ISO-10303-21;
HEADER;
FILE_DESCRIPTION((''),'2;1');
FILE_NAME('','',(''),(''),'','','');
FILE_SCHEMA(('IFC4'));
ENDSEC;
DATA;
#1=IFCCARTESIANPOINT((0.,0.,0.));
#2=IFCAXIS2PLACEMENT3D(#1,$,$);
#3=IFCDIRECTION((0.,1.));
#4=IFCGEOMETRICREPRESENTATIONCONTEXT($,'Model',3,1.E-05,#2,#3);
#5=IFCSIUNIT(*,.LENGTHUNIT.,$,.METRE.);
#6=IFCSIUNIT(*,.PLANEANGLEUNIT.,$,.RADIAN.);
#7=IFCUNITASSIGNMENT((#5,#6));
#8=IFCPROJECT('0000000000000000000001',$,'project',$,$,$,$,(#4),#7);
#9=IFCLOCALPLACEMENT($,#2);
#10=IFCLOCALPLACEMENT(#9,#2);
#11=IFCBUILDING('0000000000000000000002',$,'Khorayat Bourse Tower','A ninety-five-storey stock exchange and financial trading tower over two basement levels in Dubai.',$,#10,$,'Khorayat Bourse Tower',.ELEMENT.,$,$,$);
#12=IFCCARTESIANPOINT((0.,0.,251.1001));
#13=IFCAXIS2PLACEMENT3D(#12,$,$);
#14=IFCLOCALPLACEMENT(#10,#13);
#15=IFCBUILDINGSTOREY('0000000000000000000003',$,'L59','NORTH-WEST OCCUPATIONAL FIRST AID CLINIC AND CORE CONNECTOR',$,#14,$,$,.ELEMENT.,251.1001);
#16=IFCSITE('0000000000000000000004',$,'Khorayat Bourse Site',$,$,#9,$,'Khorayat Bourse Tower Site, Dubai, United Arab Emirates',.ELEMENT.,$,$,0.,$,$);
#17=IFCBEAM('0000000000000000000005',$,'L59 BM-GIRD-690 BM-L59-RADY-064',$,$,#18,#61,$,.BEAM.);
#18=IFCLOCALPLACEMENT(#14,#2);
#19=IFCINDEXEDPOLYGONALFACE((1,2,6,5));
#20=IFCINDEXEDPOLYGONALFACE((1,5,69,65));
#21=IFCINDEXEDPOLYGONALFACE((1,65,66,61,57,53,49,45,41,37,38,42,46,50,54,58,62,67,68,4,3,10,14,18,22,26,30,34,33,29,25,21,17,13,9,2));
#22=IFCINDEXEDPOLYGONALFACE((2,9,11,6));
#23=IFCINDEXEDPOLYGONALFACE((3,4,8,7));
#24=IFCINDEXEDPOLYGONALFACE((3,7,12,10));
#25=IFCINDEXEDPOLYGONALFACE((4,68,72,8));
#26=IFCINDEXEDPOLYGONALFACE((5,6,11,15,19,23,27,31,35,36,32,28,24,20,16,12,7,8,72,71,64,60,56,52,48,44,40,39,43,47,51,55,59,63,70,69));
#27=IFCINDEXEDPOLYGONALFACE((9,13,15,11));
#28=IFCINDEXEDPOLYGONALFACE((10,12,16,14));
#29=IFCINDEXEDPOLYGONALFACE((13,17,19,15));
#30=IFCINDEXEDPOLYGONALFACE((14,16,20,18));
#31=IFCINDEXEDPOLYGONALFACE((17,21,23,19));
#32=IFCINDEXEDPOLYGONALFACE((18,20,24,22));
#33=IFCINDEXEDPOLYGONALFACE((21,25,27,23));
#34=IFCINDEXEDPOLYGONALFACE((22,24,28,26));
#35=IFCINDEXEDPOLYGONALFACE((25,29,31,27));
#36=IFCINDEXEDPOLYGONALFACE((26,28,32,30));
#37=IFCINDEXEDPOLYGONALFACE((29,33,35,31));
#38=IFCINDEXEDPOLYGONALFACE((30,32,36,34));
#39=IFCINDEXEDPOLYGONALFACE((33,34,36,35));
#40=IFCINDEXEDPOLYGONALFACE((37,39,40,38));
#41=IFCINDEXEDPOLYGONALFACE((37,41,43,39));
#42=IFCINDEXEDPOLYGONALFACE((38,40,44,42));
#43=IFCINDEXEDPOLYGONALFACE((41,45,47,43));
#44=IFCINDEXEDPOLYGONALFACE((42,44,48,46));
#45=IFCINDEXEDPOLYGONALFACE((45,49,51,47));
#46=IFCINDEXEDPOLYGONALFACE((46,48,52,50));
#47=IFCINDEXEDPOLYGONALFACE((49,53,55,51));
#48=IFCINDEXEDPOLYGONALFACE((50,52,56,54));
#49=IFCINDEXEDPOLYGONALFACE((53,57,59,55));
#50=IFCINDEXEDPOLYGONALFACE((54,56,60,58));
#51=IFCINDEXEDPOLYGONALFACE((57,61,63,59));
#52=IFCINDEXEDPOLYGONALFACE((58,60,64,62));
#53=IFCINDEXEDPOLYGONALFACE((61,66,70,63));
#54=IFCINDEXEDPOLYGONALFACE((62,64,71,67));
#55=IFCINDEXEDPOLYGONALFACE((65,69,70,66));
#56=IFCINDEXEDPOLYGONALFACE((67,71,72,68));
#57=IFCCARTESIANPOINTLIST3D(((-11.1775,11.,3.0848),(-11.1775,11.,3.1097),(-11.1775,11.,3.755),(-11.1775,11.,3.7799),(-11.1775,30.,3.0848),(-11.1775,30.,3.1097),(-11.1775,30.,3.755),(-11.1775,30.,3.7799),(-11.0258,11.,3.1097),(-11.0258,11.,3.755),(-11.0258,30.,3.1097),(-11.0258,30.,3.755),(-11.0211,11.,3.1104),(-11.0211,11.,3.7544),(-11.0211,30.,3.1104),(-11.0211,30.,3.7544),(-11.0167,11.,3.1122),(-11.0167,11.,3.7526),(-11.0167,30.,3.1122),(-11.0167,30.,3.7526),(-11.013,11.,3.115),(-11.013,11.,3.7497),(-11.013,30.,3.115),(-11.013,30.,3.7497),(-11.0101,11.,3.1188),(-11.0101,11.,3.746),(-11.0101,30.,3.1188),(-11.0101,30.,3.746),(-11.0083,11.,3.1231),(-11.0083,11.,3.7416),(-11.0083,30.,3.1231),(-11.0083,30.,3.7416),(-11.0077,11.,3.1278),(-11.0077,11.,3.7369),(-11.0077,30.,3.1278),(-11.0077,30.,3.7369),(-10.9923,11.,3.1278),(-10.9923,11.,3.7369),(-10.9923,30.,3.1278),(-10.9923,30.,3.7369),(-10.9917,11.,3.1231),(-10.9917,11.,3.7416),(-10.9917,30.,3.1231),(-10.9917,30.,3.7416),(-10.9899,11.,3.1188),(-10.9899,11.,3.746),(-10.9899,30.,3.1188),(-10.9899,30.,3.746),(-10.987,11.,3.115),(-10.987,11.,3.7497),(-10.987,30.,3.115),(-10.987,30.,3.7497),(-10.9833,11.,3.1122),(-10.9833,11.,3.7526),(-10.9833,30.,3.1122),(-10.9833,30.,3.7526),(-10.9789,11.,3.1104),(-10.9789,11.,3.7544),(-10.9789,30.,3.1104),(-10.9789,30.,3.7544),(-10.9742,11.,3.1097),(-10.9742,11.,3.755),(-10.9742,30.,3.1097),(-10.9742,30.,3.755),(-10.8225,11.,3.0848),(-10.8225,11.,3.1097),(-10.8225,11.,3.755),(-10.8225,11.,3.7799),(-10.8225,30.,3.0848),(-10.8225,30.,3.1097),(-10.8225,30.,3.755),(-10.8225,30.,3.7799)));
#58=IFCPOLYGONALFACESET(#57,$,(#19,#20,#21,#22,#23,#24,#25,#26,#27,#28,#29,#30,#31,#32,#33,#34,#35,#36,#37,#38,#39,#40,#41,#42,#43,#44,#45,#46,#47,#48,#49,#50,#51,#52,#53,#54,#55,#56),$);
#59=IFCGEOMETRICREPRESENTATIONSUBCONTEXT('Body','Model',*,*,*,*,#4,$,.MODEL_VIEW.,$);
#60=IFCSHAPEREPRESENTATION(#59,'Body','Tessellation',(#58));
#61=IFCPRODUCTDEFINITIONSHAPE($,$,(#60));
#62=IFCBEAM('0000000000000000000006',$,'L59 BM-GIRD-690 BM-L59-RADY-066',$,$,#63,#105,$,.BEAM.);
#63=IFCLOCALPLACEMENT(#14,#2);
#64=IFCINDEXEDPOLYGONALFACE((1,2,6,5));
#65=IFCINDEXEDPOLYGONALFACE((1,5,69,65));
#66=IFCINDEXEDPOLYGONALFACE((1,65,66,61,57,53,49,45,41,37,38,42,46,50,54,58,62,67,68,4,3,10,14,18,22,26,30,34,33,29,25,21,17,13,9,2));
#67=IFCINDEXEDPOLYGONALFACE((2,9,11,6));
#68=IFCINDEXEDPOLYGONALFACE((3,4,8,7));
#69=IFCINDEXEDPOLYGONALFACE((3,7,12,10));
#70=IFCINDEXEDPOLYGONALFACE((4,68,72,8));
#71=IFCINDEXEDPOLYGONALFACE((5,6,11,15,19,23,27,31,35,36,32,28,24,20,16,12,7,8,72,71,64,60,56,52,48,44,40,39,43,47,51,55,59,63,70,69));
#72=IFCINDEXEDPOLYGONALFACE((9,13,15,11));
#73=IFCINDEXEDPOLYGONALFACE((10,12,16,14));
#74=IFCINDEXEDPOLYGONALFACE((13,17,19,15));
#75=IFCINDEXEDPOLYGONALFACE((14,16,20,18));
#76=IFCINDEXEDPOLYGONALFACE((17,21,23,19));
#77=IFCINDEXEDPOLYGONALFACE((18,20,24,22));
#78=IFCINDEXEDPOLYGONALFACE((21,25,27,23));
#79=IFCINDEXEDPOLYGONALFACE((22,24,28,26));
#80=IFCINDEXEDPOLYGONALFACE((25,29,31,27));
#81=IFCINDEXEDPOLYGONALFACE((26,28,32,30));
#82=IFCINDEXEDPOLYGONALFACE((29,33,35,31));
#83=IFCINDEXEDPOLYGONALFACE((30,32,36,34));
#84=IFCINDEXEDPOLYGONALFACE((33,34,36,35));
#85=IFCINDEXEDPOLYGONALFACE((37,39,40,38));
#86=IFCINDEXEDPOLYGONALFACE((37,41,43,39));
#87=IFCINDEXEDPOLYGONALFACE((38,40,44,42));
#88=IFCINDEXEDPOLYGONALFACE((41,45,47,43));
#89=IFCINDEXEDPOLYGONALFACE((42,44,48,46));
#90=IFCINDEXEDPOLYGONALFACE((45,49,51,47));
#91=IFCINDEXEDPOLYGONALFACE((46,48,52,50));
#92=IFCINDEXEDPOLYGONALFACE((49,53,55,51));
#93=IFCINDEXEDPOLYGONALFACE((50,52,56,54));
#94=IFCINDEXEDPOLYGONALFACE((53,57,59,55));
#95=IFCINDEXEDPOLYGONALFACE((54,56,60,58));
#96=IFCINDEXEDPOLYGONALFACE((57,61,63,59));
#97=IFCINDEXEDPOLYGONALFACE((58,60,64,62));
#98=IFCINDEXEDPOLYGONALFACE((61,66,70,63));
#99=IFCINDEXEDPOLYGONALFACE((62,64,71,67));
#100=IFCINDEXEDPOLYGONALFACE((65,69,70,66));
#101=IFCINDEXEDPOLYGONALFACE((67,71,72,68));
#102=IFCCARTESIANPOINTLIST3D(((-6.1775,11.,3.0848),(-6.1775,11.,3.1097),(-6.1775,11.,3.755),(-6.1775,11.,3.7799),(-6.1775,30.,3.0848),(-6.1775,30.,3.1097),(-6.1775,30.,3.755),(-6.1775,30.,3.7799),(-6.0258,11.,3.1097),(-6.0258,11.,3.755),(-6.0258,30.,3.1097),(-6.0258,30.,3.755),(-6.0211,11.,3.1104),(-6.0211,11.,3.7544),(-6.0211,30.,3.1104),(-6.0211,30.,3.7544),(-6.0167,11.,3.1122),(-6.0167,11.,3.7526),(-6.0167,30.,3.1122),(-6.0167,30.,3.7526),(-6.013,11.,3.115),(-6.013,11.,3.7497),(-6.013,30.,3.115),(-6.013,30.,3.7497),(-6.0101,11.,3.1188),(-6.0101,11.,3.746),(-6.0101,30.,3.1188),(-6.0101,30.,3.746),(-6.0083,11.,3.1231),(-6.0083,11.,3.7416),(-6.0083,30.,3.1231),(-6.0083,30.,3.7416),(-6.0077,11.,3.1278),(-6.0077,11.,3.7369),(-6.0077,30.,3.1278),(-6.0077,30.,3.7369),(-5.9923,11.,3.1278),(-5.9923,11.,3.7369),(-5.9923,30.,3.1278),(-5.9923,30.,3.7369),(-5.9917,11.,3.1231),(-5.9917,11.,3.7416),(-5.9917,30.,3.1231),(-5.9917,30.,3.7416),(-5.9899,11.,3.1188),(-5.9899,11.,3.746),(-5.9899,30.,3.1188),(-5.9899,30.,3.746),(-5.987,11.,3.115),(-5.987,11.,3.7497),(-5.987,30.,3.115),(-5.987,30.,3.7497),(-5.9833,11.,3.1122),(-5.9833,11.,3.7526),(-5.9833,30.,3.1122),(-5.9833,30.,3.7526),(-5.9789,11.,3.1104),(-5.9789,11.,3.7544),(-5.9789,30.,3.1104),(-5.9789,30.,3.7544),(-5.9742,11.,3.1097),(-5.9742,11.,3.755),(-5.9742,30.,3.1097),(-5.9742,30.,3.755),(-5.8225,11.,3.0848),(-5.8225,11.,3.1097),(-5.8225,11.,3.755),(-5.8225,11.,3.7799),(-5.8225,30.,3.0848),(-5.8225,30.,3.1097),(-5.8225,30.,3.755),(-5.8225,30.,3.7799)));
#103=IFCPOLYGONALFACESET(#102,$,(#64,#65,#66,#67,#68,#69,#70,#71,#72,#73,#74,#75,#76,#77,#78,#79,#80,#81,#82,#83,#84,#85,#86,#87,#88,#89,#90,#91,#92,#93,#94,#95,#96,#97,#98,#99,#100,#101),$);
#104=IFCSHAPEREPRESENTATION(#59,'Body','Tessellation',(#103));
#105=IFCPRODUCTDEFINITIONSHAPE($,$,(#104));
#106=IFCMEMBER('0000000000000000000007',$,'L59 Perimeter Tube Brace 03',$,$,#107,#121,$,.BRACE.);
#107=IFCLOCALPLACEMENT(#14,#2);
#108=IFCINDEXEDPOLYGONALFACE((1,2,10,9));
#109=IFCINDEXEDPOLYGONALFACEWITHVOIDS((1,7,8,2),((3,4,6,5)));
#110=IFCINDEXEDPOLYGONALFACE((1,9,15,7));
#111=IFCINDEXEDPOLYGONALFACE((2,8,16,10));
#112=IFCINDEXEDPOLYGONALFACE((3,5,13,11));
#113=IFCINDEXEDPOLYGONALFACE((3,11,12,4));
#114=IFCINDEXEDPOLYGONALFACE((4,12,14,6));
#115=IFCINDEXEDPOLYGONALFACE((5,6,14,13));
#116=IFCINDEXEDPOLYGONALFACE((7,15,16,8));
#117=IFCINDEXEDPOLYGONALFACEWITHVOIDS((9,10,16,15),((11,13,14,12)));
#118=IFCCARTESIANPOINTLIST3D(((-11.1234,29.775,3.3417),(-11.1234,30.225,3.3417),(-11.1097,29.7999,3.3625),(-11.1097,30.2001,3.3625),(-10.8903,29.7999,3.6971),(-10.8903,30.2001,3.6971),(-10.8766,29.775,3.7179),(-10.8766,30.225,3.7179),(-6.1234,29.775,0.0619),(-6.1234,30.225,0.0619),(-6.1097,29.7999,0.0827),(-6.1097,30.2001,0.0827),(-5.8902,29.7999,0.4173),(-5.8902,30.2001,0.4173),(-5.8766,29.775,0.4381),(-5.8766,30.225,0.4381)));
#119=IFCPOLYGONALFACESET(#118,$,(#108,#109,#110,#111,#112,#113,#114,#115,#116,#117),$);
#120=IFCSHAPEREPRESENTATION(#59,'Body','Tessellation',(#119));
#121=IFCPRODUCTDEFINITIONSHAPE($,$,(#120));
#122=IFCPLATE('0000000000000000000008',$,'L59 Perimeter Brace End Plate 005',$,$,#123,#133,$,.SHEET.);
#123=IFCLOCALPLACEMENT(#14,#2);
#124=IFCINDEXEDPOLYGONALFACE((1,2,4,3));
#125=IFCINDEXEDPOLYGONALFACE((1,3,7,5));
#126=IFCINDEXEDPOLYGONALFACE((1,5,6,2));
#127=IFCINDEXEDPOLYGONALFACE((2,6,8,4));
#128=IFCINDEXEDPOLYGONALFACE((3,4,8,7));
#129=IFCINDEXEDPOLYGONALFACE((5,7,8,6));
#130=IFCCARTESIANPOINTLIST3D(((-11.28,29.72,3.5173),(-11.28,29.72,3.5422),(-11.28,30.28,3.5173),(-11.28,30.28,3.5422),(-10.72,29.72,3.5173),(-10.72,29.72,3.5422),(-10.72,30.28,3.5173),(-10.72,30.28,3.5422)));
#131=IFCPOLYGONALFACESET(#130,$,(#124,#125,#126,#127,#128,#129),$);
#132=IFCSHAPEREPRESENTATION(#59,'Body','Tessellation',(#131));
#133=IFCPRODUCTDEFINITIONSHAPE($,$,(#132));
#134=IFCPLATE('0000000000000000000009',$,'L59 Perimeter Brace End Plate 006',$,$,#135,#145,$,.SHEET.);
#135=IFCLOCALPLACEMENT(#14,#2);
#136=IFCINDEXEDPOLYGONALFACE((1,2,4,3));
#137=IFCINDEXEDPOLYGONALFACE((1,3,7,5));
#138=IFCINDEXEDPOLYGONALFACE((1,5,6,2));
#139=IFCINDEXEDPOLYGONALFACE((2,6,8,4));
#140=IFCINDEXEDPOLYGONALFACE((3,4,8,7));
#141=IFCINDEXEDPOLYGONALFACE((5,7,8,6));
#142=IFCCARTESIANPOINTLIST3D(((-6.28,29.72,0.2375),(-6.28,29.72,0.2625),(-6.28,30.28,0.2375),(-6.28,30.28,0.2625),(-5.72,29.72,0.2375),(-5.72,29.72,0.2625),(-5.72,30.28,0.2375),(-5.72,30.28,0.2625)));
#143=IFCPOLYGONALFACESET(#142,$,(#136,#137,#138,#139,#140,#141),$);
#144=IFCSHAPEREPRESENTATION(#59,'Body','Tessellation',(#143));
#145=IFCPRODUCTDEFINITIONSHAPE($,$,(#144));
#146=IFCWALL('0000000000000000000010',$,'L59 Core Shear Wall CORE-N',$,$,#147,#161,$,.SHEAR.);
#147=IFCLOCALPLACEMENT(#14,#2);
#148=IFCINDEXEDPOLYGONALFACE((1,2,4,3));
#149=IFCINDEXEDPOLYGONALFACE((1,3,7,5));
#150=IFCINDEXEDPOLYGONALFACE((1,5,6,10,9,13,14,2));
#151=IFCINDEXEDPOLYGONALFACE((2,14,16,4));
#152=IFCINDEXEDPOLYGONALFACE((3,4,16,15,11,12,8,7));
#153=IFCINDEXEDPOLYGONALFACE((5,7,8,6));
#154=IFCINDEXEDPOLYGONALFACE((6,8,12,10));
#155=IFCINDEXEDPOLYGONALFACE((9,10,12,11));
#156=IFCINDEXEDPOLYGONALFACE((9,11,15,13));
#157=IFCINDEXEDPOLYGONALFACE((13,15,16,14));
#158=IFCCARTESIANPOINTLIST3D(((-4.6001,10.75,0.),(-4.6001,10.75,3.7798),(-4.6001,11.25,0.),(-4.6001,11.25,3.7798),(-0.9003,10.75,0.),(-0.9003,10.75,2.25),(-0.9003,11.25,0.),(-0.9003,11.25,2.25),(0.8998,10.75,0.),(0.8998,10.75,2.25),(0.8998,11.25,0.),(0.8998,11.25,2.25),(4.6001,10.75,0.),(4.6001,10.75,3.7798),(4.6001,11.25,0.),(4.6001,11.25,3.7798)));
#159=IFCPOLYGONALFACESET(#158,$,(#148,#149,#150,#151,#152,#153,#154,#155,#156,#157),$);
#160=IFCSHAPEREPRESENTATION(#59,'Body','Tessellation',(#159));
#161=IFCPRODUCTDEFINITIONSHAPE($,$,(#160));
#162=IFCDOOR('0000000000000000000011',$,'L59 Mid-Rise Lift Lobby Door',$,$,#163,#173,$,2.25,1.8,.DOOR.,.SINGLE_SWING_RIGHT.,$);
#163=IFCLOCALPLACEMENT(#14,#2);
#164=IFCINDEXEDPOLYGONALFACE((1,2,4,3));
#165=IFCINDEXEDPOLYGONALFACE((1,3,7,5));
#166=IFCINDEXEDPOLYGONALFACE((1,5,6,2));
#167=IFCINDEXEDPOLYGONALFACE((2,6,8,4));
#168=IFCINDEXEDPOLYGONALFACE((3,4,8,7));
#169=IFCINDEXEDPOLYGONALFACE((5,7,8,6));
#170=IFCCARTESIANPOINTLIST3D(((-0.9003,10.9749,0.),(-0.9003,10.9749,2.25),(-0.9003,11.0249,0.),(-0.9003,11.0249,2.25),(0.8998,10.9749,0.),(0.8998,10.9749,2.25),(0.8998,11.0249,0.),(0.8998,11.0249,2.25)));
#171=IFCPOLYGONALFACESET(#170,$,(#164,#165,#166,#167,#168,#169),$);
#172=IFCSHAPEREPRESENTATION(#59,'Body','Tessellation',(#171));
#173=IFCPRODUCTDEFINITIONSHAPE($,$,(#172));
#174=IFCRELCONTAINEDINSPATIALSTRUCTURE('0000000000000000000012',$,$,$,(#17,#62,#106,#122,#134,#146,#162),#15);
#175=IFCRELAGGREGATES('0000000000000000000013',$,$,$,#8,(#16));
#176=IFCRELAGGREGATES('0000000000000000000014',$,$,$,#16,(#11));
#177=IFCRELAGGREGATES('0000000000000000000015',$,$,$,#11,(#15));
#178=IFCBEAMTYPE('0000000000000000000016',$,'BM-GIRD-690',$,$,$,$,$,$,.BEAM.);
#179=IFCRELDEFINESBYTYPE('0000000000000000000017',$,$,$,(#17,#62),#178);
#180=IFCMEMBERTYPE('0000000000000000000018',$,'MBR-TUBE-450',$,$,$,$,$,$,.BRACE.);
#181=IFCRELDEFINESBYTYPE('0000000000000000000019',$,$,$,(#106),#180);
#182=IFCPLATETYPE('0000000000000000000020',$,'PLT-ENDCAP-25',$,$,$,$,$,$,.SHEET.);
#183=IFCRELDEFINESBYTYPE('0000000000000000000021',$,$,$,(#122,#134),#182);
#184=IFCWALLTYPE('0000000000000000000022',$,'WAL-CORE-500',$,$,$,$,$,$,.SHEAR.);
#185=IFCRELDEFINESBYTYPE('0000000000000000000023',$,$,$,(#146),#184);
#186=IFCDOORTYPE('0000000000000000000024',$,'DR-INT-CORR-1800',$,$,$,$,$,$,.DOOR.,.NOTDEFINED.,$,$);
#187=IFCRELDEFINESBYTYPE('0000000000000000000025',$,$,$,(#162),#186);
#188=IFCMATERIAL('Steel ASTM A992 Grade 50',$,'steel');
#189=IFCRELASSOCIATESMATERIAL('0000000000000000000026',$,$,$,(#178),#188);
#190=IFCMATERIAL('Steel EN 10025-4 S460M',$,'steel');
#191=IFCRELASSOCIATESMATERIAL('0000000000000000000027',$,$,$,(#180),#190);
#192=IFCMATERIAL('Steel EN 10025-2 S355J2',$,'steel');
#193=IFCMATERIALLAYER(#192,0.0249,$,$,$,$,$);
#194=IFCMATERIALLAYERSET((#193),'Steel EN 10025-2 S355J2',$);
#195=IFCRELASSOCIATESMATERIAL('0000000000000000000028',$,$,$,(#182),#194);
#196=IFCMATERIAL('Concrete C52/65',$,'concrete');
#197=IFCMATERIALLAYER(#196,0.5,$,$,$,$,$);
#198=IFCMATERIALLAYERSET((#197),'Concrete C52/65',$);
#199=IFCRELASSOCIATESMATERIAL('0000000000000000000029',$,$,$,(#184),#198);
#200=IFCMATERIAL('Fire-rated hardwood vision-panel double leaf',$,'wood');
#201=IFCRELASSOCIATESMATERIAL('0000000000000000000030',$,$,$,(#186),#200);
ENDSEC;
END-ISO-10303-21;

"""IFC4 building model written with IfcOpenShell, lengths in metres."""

from ifc_helpers import new_model, si_unit, direction, frame, frame_2d, origin, origin_2d, place, context, subcontext, project, spatial, rectangle, hollow_rectangle, i_section, extrude, source, transform, mapped, material, layer, layer_set, material_profile, profile_set, type_object, element, fill, save


model = new_model("IFC4")

# Units and contexts
model_context = context("Model", 3, precision=1e-05, world=origin(), true_north=direction((0.0, 1.0)))
body_context = subcontext(model_context, "Body", "Model", "MODEL_VIEW")
ifc_project = project(units=[si_unit("LENGTHUNIT", "METRE"), si_unit("PLANEANGLEUNIT", "RADIAN")], contexts=[model_context])

# Site, building, storey
site_placement = place(None, origin())
site = spatial("IfcSite", under=ifc_project, at=site_placement, Name="Khorayat Bourse Site", LongName="Khorayat Bourse Tower Site, Dubai, United Arab Emirates", CompositionType="ELEMENT", RefElevation=0.0)
building_placement = place(site_placement, origin())
building = spatial("IfcBuilding", under=site, at=building_placement, Name="Khorayat Bourse Tower", Description="A ninety-five-storey stock exchange and financial trading tower over two basement levels in Dubai.", LongName="Khorayat Bourse Tower", CompositionType="ELEMENT")
storey_placement = place(building_placement, frame((0.0, 0.0, 251.1001)))
storey = spatial("IfcBuildingStorey", under=building, at=storey_placement, Name="L59", Description="NORTH-WEST OCCUPATIONAL FIRST AID CLINIC AND CORE CONNECTOR", CompositionType="ELEMENT", Elevation=251.1001)

# Shared definitions
ifc_material_1 = material(Name="Steel EN 10025-4 S460M", Category="steel")

# Beams
ifc_material_2 = material(Name="Steel ASTM A992 Grade 50", Category="steel")
ifc_material_profile_1 = material_profile(ifc_material_2, i_section(OverallWidth=0.355, OverallDepth=0.6951, WebThickness=0.0154, FlangeThickness=0.0249, FilletRadius=0.0181, at=origin_2d()), Name="W690X217")
ifc_profile_set_1 = profile_set([ifc_material_profile_1], Name="Steel ASTM A992 Grade 50")
beam_type_1 = type_object("IfcBeamType", Name="BM-GIRD-690", PredefinedType="BEAM", material=ifc_profile_set_1)
shared_shape_1 = source(origin(), body_context, "Body", "SweptSolid", [
    extrude(i_section(OverallWidth=0.355, OverallDepth=0.6951, WebThickness=0.0154, FlangeThickness=0.0249, FilletRadius=0.0181, at=origin_2d()), origin(), (0.0, 0.0, 1.0), 19.0),
])
for number, where, z_axis, x_axis, name in (
    (1, (-11.0, 11.0, 3.4324), (0.0, 1.0, 0.0), (-1.0, 0.0, 0.0), "L59 BM-GIRD-690 BM-L59-RADY-064"),
    (2, (-6.0, 11.0, 3.4324), (0.0, 1.0, 0.0), (-1.0, 0.0, 0.0), "L59 BM-GIRD-690 BM-L59-RADY-066"),
):
    element("IfcBeam", number, at=place(storey_placement, frame(where, z_axis=z_axis, x_axis=x_axis)), inside=storey, type_object=beam_type_1, Name=name, PredefinedType="BEAM", context=body_context, shape_type="MappedRepresentation", body=[
        mapped(shared_shape_1, transform((0.0, 0.0, 0.0), scale=1.0)),
    ])

# Member
ifc_material_profile_2 = material_profile(ifc_material_1, hollow_rectangle(XDim=0.45, YDim=0.45, WallThickness=0.0249, at=origin_2d()), Name="HSS 450x450x25")
ifc_profile_set_2 = profile_set([ifc_material_profile_2], Name="Steel EN 10025-4 S460M")
member_type = type_object("IfcMemberType", Name="MBR-TUBE-450", PredefinedType="BRACE", material=ifc_profile_set_2)
shared_shape_2 = source(origin(), body_context, "Body", "SweptSolid", [
    extrude(hollow_rectangle(XDim=0.45, YDim=0.45, WallThickness=0.0249, at=origin_2d()), origin(), (0.0, 0.0, 1.0), 5.9797),
])
member_placement = place(storey_placement, frame((-11.0, 30.0, 3.5298), z_axis=(0.83616, 0.0, -0.548485), x_axis=(0.0, 1.0, 0.0)))
element("IfcMember", 3, at=member_placement, inside=storey, type_object=member_type, Name="L59 Perimeter Tube Brace 03", PredefinedType="BRACE", context=body_context, shape_type="MappedRepresentation", body=[
    mapped(shared_shape_2, transform((0.0, 0.0, 0.0), scale=1.0)),
])

# Plates
ifc_material_3 = material(Name="Steel EN 10025-2 S355J2", Category="steel")
ifc_layer_1 = layer(ifc_material_3, 0.0249)
ifc_layer_set_1 = layer_set([ifc_layer_1], Name="Steel EN 10025-2 S355J2")
plate_type = type_object("IfcPlateType", Name="PLT-ENDCAP-25", PredefinedType="SHEET", material=ifc_layer_set_1)
shared_shape_3 = source(origin(), body_context, "Body", "SweptSolid", [
    extrude(rectangle(XDim=0.5601, YDim=0.5601, at=origin_2d()), origin(), (0.0, 0.0, 1.0), 0.0249),
])
for number, where, z_axis, x_axis, name in (
    (4, (-11.0, 30.0, 3.5173), (0.0, 0.0, 1.0), (1.0, 0.0, 0.0), "L59 Perimeter Brace End Plate 005"),
    (5, (-6.0, 30.0, 0.2375), (0.0, 0.0, 1.0), (1.0, 0.0, 0.0), "L59 Perimeter Brace End Plate 006"),
):
    element("IfcPlate", number, at=place(storey_placement, frame(where, z_axis=z_axis, x_axis=x_axis)), inside=storey, type_object=plate_type, Name=name, PredefinedType="SHEET", context=body_context, shape_type="MappedRepresentation", body=[
        mapped(shared_shape_3, transform((0.0, 0.0, 0.0), scale=1.0)),
    ])

# Wall, opening, door
ifc_material_4 = material(Name="Concrete C52/65", Category="concrete")
ifc_layer_2 = layer(ifc_material_4, 0.5)
ifc_layer_set_2 = layer_set([ifc_layer_2], Name="Concrete C52/65")
wall_type_1 = type_object("IfcWallType", Name="WAL-CORE-500", PredefinedType="SHEAR", material=ifc_layer_set_2)
shared_shape_4 = source(origin(), body_context, "Body", "SweptSolid", [
    extrude(rectangle(XDim=9.2002, YDim=0.5, at=frame_2d((4.6001, 0.0))), origin(), (0.0, 0.0, 1.0), 3.7798),
])
wall_1_placement = place(storey_placement, frame((-4.6001, 11.0, 0.0), z_axis=(0.0, 0.0, 1.0), x_axis=(1.0, 0.0, 0.0)))
wall_1 = element("IfcWall", 6, at=wall_1_placement, inside=storey, type_object=wall_type_1, Name="L59 Core Shear Wall CORE-N", PredefinedType="SHEAR", context=body_context, shape_type="MappedRepresentation", body=[
    mapped(shared_shape_4, transform((0.0, 0.0, 0.0), scale=1.0)),
])
shared_shape_5 = source(origin(), body_context, "Body", "SweptSolid", [
    extrude(rectangle(XDim=1.8, YDim=2.25, at=frame_2d((0.8999, 1.125))), frame((0.0, 0.26, 0.0), z_axis=(0.0, -1.0, 0.0), x_axis=(1.0, 0.0, 0.0)), (0.0, 0.0, 1.0), 0.52),
])
opening_1_placement = place(wall_1_placement, frame((3.7, 0.0, 0.0)))
opening_1 = element("IfcOpeningElement", 7, at=opening_1_placement, cuts=wall_1, PredefinedType="OPENING", context=body_context, shape_type="MappedRepresentation", body=[
    mapped(shared_shape_5, transform((0.0, 0.0, 0.0), scale=1.0)),
])
ifc_material_5 = material(Name="Fire-rated hardwood vision-panel double leaf", Category="wood")
door_type_1 = type_object("IfcDoorType", Name="DR-INT-CORR-1800", OperationType="NOTDEFINED", PredefinedType="DOOR", material=ifc_material_5)
shared_shape_6 = source(origin(), body_context, "Body", "SweptSolid", [
    extrude(rectangle(XDim=1.8, YDim=2.25, at=frame_2d((0.8999, 1.125))), frame((0.0, 0.0249, 0.0), z_axis=(0.0, -1.0, 0.0), x_axis=(1.0, 0.0, 0.0)), (0.0, 0.0, 1.0), 0.05),
])
door_1_placement = place(opening_1_placement, origin())
door_1 = element("IfcDoor", 8, at=door_1_placement, inside=storey, type_object=door_type_1, Name="L59 Mid-Rise Lift Lobby Door", OperationType="SINGLE_SWING_RIGHT", OverallHeight=2.25, OverallWidth=1.8, PredefinedType="DOOR", context=body_context, shape_type="MappedRepresentation", body=[
    mapped(shared_shape_6, transform((0.0, 0.0, 0.0), scale=1.0)),
])
fill(opening_1, door_1)

save(model, "model.ifc")
